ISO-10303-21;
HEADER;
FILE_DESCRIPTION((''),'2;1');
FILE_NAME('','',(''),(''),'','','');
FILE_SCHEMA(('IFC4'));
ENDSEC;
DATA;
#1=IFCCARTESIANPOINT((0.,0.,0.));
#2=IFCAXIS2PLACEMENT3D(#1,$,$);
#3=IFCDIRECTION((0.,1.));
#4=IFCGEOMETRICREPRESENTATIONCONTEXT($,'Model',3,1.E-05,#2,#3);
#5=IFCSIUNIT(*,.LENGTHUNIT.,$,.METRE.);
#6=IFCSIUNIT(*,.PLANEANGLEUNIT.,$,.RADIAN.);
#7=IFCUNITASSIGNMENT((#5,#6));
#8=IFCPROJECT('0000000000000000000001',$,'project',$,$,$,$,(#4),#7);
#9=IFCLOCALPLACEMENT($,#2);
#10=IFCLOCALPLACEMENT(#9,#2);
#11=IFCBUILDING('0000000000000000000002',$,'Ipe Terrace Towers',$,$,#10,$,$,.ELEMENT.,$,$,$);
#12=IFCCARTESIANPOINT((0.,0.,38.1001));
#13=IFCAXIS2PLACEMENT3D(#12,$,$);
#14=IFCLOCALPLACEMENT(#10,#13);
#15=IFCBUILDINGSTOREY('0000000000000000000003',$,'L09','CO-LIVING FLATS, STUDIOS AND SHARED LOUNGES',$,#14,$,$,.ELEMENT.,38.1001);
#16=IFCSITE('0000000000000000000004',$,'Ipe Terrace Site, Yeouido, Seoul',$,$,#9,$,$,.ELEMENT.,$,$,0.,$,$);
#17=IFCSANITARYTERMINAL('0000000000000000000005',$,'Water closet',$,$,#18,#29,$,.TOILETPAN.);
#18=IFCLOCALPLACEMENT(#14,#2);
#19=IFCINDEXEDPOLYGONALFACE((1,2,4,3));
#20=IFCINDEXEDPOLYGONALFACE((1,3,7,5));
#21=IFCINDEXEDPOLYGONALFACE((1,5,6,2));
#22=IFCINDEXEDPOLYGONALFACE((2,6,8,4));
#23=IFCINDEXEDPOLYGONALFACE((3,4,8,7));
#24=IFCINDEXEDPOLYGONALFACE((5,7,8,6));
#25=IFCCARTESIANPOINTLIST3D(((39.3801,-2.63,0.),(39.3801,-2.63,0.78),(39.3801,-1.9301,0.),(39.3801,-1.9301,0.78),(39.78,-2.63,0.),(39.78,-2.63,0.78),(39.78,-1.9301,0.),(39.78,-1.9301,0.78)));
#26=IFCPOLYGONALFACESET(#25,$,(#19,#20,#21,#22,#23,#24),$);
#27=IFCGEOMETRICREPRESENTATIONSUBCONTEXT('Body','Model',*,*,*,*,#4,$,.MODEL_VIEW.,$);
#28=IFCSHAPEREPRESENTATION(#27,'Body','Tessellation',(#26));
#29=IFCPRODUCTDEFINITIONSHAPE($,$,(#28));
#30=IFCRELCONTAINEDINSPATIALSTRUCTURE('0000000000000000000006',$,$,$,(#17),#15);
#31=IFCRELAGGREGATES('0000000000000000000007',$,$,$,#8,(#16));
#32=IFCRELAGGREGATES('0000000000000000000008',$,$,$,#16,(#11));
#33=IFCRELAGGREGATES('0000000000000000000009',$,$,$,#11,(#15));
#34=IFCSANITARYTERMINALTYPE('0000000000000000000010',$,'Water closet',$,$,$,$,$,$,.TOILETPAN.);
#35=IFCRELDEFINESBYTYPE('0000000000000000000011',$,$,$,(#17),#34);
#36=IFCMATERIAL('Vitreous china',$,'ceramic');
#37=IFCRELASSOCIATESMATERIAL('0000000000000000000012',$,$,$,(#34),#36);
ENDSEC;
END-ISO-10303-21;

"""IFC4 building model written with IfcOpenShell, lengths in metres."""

from ifc_helpers import new_model, si_unit, direction, frame, origin, origin_2d, place, context, subcontext, project, spatial, rectangle, extrude, material, type_object, element, save


model = new_model("IFC4")

# Units and contexts
model_context = context("Model", 3, precision=1e-05, world=origin(), true_north=direction((0.0, 1.0)))
body_context = subcontext(model_context, "Body", "Model", "MODEL_VIEW")
ifc_project = project(units=[si_unit("LENGTHUNIT", "METRE"), si_unit("PLANEANGLEUNIT", "RADIAN")], contexts=[model_context])

# Site, building, storey
site_placement = place(None, origin())
site = spatial("IfcSite", under=ifc_project, at=site_placement, Name="Ipe Terrace Site, Yeouido, Seoul", CompositionType="ELEMENT", RefElevation=0.0)
building_placement = place(site_placement, origin())
building = spatial("IfcBuilding", under=site, at=building_placement, Name="Ipe Terrace Towers", CompositionType="ELEMENT")
storey_placement = place(building_placement, frame((0.0, 0.0, 38.1001)))
storey = spatial("IfcBuildingStorey", under=building, at=storey_placement, Name="L09", Description="CO-LIVING FLATS, STUDIOS AND SHARED LOUNGES", CompositionType="ELEMENT", Elevation=38.1001)

# Sanitary terminal
ifc_material_1 = material(Name="Vitreous china", Category="ceramic")
sanitary_terminal_type_1 = type_object("IfcSanitaryTerminalType", Name="Water closet", PredefinedType="TOILETPAN", material=ifc_material_1)
sanitary_terminal_1_placement = place(storey_placement, frame((39.5801, -2.28, 0.0), z_axis=(0.0, 0.0, 1.0), x_axis=(0.0, 1.0, 0.0)))
element("IfcSanitaryTerminal", 1, at=sanitary_terminal_1_placement, inside=storey, type_object=sanitary_terminal_type_1, Name="Water closet", PredefinedType="TOILETPAN", context=body_context, shape_type="SweptSolid", body=[
    extrude(rectangle(XDim=0.7, YDim=0.3999, at=origin_2d()), origin(), (0.0, 0.0, 1.0), 0.78),
])

save(model, "model.ifc")
